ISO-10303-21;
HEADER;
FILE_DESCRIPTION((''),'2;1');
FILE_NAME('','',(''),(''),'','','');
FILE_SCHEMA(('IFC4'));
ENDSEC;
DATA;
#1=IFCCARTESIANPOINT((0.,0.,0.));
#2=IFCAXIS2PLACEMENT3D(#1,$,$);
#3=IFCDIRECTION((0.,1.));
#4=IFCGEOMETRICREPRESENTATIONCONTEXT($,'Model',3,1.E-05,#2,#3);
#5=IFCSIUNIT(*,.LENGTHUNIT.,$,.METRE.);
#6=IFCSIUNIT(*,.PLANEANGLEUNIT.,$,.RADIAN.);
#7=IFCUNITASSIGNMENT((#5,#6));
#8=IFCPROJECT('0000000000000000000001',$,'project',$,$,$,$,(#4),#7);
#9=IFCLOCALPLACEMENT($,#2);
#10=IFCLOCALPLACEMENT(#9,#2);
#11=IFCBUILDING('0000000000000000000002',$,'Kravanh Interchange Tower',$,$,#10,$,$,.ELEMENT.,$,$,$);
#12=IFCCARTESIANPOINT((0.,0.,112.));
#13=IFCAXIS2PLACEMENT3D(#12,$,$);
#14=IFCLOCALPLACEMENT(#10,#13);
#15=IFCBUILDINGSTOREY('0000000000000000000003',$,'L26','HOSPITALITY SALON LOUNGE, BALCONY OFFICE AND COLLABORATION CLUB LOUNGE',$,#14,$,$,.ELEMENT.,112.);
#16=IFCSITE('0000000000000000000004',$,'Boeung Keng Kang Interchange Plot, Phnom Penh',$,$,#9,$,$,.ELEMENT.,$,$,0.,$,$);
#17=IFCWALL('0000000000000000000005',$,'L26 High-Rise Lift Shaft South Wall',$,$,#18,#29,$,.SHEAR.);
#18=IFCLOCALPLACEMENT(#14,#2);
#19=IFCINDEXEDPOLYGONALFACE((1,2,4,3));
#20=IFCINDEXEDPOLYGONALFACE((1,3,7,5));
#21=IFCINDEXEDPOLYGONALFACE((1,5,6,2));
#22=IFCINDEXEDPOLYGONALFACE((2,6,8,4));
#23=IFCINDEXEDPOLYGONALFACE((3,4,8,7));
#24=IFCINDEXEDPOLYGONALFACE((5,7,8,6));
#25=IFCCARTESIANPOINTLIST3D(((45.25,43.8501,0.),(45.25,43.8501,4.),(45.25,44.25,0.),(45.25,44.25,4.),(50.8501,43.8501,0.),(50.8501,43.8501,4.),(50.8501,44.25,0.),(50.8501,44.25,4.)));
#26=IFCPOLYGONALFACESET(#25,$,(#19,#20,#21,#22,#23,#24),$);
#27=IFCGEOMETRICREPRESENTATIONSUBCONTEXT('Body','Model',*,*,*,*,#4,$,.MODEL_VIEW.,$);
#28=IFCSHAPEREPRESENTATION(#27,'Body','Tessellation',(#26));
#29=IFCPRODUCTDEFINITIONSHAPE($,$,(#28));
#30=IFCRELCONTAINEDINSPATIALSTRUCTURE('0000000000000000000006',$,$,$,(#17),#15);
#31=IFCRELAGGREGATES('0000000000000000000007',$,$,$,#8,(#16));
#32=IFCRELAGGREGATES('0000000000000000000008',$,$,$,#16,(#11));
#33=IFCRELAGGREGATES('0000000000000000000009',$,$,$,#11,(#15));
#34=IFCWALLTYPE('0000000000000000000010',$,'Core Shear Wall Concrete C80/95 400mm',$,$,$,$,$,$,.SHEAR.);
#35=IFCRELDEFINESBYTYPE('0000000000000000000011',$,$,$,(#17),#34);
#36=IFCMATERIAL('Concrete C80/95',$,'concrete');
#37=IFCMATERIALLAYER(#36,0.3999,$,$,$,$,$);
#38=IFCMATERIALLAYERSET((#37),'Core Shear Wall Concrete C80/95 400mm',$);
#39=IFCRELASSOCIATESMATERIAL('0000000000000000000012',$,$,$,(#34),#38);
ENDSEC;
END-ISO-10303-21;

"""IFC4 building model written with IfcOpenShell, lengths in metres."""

from ifc_helpers import new_model, si_unit, direction, frame, frame_2d, origin, place, context, subcontext, project, spatial, rectangle, extrude, material, layer, layer_set, type_object, element, save


model = new_model("IFC4")

# Units and contexts
model_context = context("Model", 3, precision=1e-05, world=origin(), true_north=direction((0.0, 1.0)))
body_context = subcontext(model_context, "Body", "Model", "MODEL_VIEW")
ifc_project = project(units=[si_unit("LENGTHUNIT", "METRE"), si_unit("PLANEANGLEUNIT", "RADIAN")], contexts=[model_context])

# Site, building, storey
site_placement = place(None, origin())
site = spatial("IfcSite", under=ifc_project, at=site_placement, Name="Boeung Keng Kang Interchange Plot, Phnom Penh", CompositionType="ELEMENT", RefElevation=0.0)
building_placement = place(site_placement, origin())
building = spatial("IfcBuilding", under=site, at=building_placement, Name="Kravanh Interchange Tower", CompositionType="ELEMENT")
storey_placement = place(building_placement, frame((0.0, 0.0, 112.0)))
storey = spatial("IfcBuildingStorey", under=building, at=storey_placement, Name="L26", Description="HOSPITALITY SALON LOUNGE, BALCONY OFFICE AND COLLABORATION CLUB LOUNGE", CompositionType="ELEMENT", Elevation=112.0)

# Shared definitions
ifc_material_1 = material(Name="Concrete C80/95", Category="concrete")
ifc_layer_1 = layer(ifc_material_1, 0.3999)
ifc_layer_set_1 = layer_set([ifc_layer_1], Name="Core Shear Wall Concrete C80/95 400mm")
wall_type_1 = type_object("IfcWallType", Name="Core Shear Wall Concrete C80/95 400mm", PredefinedType="SHEAR", material=ifc_layer_set_1)

# Wall
wall_1_placement = place(storey_placement, frame((45.25, 44.05, 0.0), z_axis=(0.0, 0.0, 1.0), x_axis=(1.0, 0.0, 0.0)))
element("IfcWall", 1, at=wall_1_placement, inside=storey, type_object=wall_type_1, Name="L26 High-Rise Lift Shaft South Wall", PredefinedType="SHEAR", context=body_context, shape_type="SweptSolid", body=[
    extrude(rectangle(XDim=5.6001, YDim=0.3999, at=frame_2d((2.8, 0.0))), origin(), (0.0, 0.0, 1.0), 4.0),
])

save(model, "model.ifc")
